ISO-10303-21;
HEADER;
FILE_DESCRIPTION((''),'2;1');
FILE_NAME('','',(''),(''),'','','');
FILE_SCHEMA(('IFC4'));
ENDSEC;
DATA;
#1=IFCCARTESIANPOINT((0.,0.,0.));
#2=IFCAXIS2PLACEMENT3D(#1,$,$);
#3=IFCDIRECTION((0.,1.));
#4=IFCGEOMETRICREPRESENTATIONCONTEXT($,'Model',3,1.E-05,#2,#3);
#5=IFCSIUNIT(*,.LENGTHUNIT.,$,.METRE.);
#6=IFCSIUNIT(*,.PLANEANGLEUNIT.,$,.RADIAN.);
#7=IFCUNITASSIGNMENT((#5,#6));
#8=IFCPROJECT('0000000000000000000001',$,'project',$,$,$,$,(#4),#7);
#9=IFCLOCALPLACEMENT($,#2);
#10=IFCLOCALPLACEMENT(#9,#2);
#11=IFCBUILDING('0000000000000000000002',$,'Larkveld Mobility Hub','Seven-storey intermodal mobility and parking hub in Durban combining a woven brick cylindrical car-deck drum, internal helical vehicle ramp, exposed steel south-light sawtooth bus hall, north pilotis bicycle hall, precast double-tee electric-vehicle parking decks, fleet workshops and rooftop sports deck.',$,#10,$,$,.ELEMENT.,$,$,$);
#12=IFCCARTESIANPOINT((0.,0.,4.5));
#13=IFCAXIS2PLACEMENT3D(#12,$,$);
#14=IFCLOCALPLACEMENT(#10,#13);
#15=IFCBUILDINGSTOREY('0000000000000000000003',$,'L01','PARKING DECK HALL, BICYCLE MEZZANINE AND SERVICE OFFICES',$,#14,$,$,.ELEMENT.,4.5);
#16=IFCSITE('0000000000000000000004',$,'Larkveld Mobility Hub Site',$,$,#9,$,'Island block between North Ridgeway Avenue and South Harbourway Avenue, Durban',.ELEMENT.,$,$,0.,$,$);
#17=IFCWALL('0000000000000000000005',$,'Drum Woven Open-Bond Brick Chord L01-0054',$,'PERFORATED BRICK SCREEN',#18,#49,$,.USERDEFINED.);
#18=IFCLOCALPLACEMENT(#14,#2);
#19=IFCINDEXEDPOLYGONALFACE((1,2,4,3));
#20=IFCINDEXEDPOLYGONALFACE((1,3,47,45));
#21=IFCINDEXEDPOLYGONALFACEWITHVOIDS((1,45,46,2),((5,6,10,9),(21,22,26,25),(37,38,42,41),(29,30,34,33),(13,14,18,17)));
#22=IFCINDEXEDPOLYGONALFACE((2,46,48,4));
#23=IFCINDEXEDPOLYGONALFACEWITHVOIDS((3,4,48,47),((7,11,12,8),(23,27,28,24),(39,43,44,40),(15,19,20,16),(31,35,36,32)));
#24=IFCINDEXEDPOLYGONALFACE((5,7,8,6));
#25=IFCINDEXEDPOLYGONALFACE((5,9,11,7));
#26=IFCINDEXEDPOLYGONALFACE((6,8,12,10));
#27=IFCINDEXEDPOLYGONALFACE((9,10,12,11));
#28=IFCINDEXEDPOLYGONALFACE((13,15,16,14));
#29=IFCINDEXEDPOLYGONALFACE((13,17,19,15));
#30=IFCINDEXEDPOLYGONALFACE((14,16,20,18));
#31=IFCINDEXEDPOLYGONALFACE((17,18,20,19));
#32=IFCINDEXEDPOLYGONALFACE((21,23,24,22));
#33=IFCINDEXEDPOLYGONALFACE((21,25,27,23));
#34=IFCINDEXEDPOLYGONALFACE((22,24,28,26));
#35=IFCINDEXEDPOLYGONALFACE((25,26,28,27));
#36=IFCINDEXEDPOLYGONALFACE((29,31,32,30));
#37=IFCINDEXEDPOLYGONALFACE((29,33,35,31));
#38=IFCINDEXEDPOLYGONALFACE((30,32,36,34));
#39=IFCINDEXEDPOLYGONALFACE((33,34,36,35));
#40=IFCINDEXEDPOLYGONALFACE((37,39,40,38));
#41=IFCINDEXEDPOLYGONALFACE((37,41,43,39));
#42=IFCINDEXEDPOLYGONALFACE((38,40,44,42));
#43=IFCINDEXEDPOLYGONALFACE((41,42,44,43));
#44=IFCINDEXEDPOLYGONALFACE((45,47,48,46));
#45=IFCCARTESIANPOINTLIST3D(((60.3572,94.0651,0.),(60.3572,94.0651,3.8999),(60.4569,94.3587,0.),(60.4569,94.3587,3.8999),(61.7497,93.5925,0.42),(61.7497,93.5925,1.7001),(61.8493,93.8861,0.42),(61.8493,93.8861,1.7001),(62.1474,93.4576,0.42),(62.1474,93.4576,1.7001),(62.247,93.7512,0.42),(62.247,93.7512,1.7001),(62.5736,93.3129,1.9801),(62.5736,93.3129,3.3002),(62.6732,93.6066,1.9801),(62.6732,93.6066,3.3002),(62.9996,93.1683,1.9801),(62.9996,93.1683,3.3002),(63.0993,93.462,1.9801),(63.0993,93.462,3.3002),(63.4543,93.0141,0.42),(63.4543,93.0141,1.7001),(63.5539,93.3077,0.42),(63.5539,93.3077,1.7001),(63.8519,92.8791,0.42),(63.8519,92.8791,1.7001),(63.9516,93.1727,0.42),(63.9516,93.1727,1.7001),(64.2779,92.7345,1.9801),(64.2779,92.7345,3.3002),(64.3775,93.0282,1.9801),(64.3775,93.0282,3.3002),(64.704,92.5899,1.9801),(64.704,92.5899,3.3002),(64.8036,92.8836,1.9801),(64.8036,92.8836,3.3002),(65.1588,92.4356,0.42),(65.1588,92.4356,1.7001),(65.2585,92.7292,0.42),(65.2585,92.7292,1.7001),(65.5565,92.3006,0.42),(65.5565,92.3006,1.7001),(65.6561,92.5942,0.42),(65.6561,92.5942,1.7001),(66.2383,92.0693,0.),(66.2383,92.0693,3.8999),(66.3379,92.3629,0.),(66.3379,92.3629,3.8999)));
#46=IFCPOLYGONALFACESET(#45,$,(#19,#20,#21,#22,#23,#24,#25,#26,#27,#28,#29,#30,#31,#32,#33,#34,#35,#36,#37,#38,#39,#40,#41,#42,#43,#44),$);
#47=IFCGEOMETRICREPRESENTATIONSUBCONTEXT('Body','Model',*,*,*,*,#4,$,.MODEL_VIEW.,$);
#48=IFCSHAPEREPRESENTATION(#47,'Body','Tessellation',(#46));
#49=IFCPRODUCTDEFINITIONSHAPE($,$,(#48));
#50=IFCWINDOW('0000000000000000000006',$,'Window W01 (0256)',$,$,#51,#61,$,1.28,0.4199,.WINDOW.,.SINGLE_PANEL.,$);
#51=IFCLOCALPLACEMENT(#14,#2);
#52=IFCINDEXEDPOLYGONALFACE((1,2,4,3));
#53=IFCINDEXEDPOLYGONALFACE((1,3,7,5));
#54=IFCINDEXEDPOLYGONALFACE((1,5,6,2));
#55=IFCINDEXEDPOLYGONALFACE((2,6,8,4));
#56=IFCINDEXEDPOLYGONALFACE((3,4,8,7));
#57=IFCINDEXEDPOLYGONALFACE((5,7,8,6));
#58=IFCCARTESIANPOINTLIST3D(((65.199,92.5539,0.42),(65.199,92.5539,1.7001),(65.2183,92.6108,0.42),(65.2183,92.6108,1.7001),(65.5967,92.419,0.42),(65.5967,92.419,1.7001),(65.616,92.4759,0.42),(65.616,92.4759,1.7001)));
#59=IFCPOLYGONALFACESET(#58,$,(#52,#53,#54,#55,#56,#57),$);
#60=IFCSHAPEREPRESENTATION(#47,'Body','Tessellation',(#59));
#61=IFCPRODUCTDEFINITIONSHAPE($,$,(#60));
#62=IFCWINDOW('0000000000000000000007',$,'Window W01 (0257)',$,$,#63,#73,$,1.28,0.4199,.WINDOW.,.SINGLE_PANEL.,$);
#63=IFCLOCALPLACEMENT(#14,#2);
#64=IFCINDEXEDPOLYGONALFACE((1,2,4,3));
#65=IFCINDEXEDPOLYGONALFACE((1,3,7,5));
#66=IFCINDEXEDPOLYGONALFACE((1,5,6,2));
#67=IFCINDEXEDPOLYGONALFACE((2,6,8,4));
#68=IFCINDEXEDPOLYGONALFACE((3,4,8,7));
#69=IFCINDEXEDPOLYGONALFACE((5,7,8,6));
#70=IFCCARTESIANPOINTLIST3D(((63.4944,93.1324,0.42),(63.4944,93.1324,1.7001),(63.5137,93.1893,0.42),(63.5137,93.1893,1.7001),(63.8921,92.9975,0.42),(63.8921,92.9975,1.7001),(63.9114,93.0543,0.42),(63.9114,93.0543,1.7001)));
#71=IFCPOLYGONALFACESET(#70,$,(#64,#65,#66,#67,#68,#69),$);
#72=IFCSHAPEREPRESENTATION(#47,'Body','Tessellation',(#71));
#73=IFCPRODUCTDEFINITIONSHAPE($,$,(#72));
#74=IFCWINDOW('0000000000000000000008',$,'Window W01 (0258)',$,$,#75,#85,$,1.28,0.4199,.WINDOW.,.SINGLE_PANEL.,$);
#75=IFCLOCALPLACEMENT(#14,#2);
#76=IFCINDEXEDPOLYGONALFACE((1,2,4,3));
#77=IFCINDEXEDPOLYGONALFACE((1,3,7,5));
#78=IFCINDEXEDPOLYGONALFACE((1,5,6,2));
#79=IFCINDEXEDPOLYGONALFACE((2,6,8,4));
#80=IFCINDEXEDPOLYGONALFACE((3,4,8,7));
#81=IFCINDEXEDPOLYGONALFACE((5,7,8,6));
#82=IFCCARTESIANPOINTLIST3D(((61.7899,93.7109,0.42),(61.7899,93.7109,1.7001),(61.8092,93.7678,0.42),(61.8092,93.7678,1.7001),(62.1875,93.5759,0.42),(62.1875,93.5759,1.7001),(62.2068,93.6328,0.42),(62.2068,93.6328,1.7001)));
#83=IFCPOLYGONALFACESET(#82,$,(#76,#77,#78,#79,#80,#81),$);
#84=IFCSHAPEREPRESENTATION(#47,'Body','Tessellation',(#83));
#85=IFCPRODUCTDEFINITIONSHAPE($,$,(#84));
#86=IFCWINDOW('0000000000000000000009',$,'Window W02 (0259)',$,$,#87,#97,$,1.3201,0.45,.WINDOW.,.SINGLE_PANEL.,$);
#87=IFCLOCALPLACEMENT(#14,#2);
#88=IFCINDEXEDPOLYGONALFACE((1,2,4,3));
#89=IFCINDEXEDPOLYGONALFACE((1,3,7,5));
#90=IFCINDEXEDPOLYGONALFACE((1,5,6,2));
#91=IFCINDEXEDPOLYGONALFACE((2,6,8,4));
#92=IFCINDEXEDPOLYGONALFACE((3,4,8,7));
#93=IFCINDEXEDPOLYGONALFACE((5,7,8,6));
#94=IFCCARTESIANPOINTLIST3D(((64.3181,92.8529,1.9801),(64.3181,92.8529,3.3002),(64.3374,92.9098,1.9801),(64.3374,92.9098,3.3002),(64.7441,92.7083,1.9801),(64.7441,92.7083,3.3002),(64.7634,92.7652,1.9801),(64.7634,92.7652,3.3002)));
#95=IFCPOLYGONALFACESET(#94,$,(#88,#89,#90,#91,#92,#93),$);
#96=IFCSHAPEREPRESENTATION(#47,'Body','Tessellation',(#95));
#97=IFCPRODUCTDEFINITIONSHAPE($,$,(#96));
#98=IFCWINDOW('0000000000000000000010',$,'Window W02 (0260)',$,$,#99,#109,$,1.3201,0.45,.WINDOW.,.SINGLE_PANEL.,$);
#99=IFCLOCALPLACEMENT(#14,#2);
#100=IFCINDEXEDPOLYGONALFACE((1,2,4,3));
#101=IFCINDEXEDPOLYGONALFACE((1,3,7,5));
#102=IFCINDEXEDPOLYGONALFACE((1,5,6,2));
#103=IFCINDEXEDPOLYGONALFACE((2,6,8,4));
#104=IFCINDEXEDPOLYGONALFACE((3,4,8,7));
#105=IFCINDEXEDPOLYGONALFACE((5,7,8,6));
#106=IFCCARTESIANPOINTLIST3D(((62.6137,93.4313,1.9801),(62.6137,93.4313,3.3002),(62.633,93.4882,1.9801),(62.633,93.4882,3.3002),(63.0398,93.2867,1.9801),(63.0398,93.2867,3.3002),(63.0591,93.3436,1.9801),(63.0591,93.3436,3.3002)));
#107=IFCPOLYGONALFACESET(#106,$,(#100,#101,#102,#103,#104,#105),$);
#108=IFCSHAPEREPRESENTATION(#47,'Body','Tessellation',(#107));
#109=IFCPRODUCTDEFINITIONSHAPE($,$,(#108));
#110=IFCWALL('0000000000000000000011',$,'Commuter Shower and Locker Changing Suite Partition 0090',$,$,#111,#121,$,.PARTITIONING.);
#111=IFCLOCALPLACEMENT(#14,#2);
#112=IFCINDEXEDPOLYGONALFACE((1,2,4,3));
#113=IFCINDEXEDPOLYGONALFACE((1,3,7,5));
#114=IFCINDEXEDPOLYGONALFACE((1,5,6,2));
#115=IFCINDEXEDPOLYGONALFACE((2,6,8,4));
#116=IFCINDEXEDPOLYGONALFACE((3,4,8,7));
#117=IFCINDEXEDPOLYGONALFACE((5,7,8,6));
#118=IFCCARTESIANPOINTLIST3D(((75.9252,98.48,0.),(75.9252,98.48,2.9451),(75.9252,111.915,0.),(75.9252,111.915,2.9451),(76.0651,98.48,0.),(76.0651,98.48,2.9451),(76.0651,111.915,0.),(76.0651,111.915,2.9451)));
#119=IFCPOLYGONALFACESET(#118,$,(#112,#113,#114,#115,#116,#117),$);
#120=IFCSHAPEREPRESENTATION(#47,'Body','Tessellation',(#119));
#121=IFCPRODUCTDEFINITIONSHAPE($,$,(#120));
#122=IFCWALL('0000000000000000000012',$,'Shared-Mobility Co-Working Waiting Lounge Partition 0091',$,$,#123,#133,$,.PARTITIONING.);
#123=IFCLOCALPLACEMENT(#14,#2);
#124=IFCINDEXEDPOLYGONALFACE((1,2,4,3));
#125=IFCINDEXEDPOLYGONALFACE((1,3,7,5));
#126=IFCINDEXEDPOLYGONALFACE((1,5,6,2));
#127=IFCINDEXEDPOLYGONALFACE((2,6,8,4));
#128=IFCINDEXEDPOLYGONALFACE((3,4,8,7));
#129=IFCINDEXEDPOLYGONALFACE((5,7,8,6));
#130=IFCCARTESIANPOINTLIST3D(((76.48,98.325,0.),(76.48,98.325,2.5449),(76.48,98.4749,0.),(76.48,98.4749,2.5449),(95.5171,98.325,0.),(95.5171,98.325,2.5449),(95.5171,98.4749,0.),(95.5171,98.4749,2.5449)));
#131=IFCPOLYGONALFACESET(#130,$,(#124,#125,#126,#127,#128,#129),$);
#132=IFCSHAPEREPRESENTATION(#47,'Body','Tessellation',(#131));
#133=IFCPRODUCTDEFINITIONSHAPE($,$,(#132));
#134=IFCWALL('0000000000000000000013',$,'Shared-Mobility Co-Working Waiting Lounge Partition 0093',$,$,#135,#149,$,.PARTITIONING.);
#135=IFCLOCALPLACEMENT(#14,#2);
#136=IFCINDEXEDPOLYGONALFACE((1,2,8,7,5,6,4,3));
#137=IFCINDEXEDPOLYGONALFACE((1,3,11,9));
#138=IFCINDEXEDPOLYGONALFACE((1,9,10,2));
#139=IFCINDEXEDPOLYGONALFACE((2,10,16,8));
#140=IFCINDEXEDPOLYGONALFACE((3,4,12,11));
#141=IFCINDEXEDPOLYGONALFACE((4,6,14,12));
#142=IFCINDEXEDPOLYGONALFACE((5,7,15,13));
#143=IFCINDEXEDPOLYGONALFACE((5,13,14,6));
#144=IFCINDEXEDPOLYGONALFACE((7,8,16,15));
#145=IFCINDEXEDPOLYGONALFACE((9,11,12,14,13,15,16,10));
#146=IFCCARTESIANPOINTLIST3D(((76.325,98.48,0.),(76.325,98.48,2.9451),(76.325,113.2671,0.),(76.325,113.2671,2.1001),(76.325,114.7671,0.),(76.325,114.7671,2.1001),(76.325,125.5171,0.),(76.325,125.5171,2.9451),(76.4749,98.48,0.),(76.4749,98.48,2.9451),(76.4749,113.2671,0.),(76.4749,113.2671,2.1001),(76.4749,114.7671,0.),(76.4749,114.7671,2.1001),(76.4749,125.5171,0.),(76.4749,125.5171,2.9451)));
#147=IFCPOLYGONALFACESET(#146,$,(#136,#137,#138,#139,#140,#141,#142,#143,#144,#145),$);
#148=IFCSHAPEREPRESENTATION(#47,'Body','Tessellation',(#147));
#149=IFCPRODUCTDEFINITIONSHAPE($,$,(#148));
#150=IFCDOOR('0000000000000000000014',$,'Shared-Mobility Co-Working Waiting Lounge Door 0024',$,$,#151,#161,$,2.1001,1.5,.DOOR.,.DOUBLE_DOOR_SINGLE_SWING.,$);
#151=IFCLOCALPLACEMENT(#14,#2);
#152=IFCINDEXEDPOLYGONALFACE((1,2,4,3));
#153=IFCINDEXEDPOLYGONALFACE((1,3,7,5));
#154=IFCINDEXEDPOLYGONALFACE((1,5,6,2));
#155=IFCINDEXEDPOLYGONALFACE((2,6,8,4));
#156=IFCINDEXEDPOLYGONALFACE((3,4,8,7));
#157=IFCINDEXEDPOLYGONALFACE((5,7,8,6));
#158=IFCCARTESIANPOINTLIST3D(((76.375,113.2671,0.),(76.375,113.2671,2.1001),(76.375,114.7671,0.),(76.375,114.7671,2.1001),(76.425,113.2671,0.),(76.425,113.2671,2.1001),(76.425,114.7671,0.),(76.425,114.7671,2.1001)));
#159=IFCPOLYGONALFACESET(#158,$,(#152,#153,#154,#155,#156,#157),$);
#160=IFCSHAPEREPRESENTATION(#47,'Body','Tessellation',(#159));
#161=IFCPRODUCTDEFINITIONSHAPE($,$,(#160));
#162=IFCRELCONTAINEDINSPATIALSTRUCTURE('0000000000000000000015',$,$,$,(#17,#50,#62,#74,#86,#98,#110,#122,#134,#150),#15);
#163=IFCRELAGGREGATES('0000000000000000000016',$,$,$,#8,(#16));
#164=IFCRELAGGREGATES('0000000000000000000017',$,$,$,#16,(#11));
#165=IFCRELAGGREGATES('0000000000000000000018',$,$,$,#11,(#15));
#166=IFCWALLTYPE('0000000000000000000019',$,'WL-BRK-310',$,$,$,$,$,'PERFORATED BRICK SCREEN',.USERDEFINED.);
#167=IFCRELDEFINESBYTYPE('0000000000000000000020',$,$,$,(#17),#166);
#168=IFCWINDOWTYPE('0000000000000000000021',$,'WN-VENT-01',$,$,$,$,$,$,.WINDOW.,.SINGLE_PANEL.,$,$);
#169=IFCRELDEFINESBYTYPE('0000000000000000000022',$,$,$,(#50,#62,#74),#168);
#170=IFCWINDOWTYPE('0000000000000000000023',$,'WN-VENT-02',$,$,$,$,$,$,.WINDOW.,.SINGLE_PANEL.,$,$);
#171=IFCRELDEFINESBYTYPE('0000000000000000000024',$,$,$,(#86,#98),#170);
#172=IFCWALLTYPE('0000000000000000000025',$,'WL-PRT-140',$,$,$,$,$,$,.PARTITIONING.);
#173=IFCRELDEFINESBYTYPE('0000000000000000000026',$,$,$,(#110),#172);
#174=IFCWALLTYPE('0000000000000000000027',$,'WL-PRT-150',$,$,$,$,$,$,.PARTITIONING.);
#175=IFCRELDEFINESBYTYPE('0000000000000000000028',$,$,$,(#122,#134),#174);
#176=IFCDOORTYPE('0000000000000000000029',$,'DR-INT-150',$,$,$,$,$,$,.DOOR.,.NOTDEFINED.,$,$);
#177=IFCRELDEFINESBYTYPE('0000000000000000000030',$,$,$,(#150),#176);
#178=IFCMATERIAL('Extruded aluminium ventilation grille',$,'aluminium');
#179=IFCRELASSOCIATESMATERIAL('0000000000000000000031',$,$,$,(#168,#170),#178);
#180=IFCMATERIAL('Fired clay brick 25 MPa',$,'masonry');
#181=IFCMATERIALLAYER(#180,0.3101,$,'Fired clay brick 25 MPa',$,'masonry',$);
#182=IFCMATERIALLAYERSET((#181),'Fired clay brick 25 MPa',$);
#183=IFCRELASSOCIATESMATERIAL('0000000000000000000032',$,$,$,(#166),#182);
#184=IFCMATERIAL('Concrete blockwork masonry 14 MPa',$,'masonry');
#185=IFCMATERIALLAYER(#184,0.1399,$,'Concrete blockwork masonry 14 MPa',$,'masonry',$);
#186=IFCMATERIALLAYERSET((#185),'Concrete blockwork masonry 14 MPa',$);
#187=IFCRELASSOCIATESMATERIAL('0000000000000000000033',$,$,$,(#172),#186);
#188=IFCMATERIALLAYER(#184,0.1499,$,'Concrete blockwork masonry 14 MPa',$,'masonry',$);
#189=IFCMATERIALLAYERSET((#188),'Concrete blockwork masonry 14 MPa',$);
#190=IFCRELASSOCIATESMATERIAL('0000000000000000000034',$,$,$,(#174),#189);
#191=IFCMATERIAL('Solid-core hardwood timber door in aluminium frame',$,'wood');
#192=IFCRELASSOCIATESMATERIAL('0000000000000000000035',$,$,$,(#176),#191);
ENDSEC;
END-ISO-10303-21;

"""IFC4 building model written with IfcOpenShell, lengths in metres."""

from ifc_helpers import new_model, si_unit, direction, frame, frame_2d, origin, place, context, subcontext, project, spatial, rectangle, extrude, material, layer, layer_set, type_object, element, fill, save


model = new_model("IFC4")

# Units and contexts
model_context = context("Model", 3, precision=1e-05, world=origin(), true_north=direction((0.0, 1.0)))
body_context = subcontext(model_context, "Body", "Model", "MODEL_VIEW")
ifc_project = project(units=[si_unit("LENGTHUNIT", "METRE"), si_unit("PLANEANGLEUNIT", "RADIAN")], contexts=[model_context])

# Site, building, storey
site_placement = place(None, origin())
site = spatial("IfcSite", under=ifc_project, at=site_placement, Name="Larkveld Mobility Hub Site", LongName="Island block between North Ridgeway Avenue and South Harbourway Avenue, Durban", CompositionType="ELEMENT", RefElevation=0.0)
building_placement = place(site_placement, origin())
building = spatial("IfcBuilding", under=site, at=building_placement, Name="Larkveld Mobility Hub", Description="Seven-storey intermodal mobility and parking hub in Durban combining a woven brick cylindrical car-deck drum, internal helical vehicle ramp, exposed steel south-light sawtooth bus hall, north pilotis bicycle hall, precast double-tee electric-vehicle parking decks, fleet workshops and rooftop sports deck.", CompositionType="ELEMENT")
storey_placement = place(building_placement, frame((0.0, 0.0, 4.5)))
storey = spatial("IfcBuildingStorey", under=building, at=storey_placement, Name="L01", Description="PARKING DECK HALL, BICYCLE MEZZANINE AND SERVICE OFFICES", CompositionType="ELEMENT", Elevation=4.5)

# Wall, openings, windows
ifc_material_1 = material(Name="Fired clay brick 25 MPa", Category="masonry")
ifc_material_2 = material(Name="Extruded aluminium ventilation grille", Category="aluminium")
window_type_1 = type_object("IfcWindowType", Name="WN-VENT-01", PartitioningType="SINGLE_PANEL", PredefinedType="WINDOW", material=ifc_material_2)
ifc_layer_1 = layer(ifc_material_1, 0.3101, Name="Fired clay brick 25 MPa", Category="masonry")
ifc_layer_set_1 = layer_set([ifc_layer_1], Name="Fired clay brick 25 MPa")
wall_type_1 = type_object("IfcWallType", Name="WL-BRK-310", ElementType="PERFORATED BRICK SCREEN", PredefinedType="USERDEFINED", material=ifc_layer_set_1)
wall_1_placement = place(storey_placement, frame((66.2881, 92.2161, 0.0), z_axis=(0.0, 0.0, 1.0), x_axis=(-0.946955, 0.321365, 0.0)))
wall_1 = element("IfcWall", 1, at=wall_1_placement, inside=storey, type_object=wall_type_1, Name="Drum Woven Open-Bond Brick Chord L01-0054", ObjectType="PERFORATED BRICK SCREEN", PredefinedType="USERDEFINED", context=body_context, shape_type="SweptSolid", body=[
    extrude(rectangle(XDim=6.2104, YDim=0.3101, at=frame_2d((3.1052, 0.0))), origin(), (0.0, 0.0, 1.0), 3.8999),
])
opening_1_placement = place(wall_1_placement, frame((0.72, 0.0, 0.4199)))
opening_1 = element("IfcOpeningElement", 2, at=opening_1_placement, cuts=wall_1, PredefinedType="OPENING", context=body_context, shape_type="SweptSolid", body=[
    extrude(rectangle(XDim=0.4199, YDim=1.28, at=frame_2d((0.21, 0.6401))), frame((0.0, 0.165, 0.0), z_axis=(0.0, -1.0, 0.0), x_axis=(1.0, 0.0, 0.0)), (0.0, 0.0, 1.0), 0.3301),
])
opening_2_placement = place(wall_1_placement, frame((2.52, 0.0, 0.4199)))
opening_2 = element("IfcOpeningElement", 3, at=opening_2_placement, cuts=wall_1, PredefinedType="OPENING", context=body_context, shape_type="SweptSolid", body=[
    extrude(rectangle(XDim=0.4199, YDim=1.28, at=frame_2d((0.21, 0.6401))), frame((0.0, 0.165, 0.0), z_axis=(0.0, -1.0, 0.0), x_axis=(1.0, 0.0, 0.0)), (0.0, 0.0, 1.0), 0.3301),
])
opening_3_placement = place(wall_1_placement, frame((4.3201, 0.0, 0.4199)))
opening_3 = element("IfcOpeningElement", 4, at=opening_3_placement, cuts=wall_1, PredefinedType="OPENING", context=body_context, shape_type="SweptSolid", body=[
    extrude(rectangle(XDim=0.4199, YDim=1.28, at=frame_2d((0.21, 0.6401))), frame((0.0, 0.165, 0.0), z_axis=(0.0, -1.0, 0.0), x_axis=(1.0, 0.0, 0.0)), (0.0, 0.0, 1.0), 0.3301),
])
opening_4_placement = place(wall_1_placement, frame((1.6201, 0.0, 1.98)))
opening_4 = element("IfcOpeningElement", 5, at=opening_4_placement, cuts=wall_1, PredefinedType="OPENING", context=body_context, shape_type="SweptSolid", body=[
    extrude(rectangle(XDim=0.45, YDim=1.3201, at=frame_2d((0.2251, 0.6602))), frame((0.0, 0.165, 0.0), z_axis=(0.0, -1.0, 0.0), x_axis=(1.0, 0.0, 0.0)), (0.0, 0.0, 1.0), 0.3301),
])
opening_5_placement = place(wall_1_placement, frame((3.4199, 0.0, 1.98)))
opening_5 = element("IfcOpeningElement", 6, at=opening_5_placement, cuts=wall_1, PredefinedType="OPENING", context=body_context, shape_type="SweptSolid", body=[
    extrude(rectangle(XDim=0.45, YDim=1.3201, at=frame_2d((0.2251, 0.6602))), frame((0.0, 0.165, 0.0), z_axis=(0.0, -1.0, 0.0), x_axis=(1.0, 0.0, 0.0)), (0.0, 0.0, 1.0), 0.3301),
])
window_1_placement = place(opening_1_placement, origin())
window_1 = element("IfcWindow", 7, at=window_1_placement, inside=storey, type_object=window_type_1, Name="Window W01 (0256)", OverallHeight=1.28, OverallWidth=0.4199, PartitioningType="SINGLE_PANEL", PredefinedType="WINDOW", context=body_context, shape_type="SweptSolid", body=[
    extrude(rectangle(XDim=0.4199, YDim=1.28, at=frame_2d((0.21, 0.6401))), frame((0.0, 0.03, 0.0), z_axis=(0.0, -1.0, 0.0), x_axis=(1.0, 0.0, 0.0)), (0.0, 0.0, 1.0), 0.0601),
])
fill(opening_1, window_1)
window_2_placement = place(opening_2_placement, origin())
window_2 = element("IfcWindow", 8, at=window_2_placement, inside=storey, type_object=window_type_1, Name="Window W01 (0257)", OverallHeight=1.28, OverallWidth=0.4199, PartitioningType="SINGLE_PANEL", PredefinedType="WINDOW", context=body_context, shape_type="SweptSolid", body=[
    extrude(rectangle(XDim=0.4199, YDim=1.28, at=frame_2d((0.21, 0.6401))), frame((0.0, 0.03, 0.0), z_axis=(0.0, -1.0, 0.0), x_axis=(1.0, 0.0, 0.0)), (0.0, 0.0, 1.0), 0.0601),
])
fill(opening_2, window_2)
window_3_placement = place(opening_3_placement, origin())
window_3 = element("IfcWindow", 9, at=window_3_placement, inside=storey, type_object=window_type_1, Name="Window W01 (0258)", OverallHeight=1.28, OverallWidth=0.4199, PartitioningType="SINGLE_PANEL", PredefinedType="WINDOW", context=body_context, shape_type="SweptSolid", body=[
    extrude(rectangle(XDim=0.4199, YDim=1.28, at=frame_2d((0.21, 0.6401))), frame((0.0, 0.03, 0.0), z_axis=(0.0, -1.0, 0.0), x_axis=(1.0, 0.0, 0.0)), (0.0, 0.0, 1.0), 0.0601),
])
fill(opening_3, window_3)
window_type_2 = type_object("IfcWindowType", Name="WN-VENT-02", PartitioningType="SINGLE_PANEL", PredefinedType="WINDOW", material=ifc_material_2)
window_4_placement = place(opening_4_placement, origin())
window_4 = element("IfcWindow", 10, at=window_4_placement, inside=storey, type_object=window_type_2, Name="Window W02 (0259)", OverallHeight=1.3201, OverallWidth=0.45, PartitioningType="SINGLE_PANEL", PredefinedType="WINDOW", context=body_context, shape_type="SweptSolid", body=[
    extrude(rectangle(XDim=0.45, YDim=1.3201, at=frame_2d((0.2251, 0.6602))), frame((0.0, 0.03, 0.0), z_axis=(0.0, -1.0, 0.0), x_axis=(1.0, 0.0, 0.0)), (0.0, 0.0, 1.0), 0.0601),
])
fill(opening_4, window_4)
window_5_placement = place(opening_5_placement, origin())
window_5 = element("IfcWindow", 11, at=window_5_placement, inside=storey, type_object=window_type_2, Name="Window W02 (0260)", OverallHeight=1.3201, OverallWidth=0.45, PartitioningType="SINGLE_PANEL", PredefinedType="WINDOW", context=body_context, shape_type="SweptSolid", body=[
    extrude(rectangle(XDim=0.45, YDim=1.3201, at=frame_2d((0.2251, 0.6602))), frame((0.0, 0.03, 0.0), z_axis=(0.0, -1.0, 0.0), x_axis=(1.0, 0.0, 0.0)), (0.0, 0.0, 1.0), 0.0601),
])
fill(opening_5, window_5)

# Walls
ifc_material_3 = material(Name="Concrete blockwork masonry 14 MPa", Category="masonry")
ifc_layer_2 = layer(ifc_material_3, 0.1399, Name="Concrete blockwork masonry 14 MPa", Category="masonry")
ifc_layer_set_2 = layer_set([ifc_layer_2], Name="Concrete blockwork masonry 14 MPa")
wall_type_2 = type_object("IfcWallType", Name="WL-PRT-140", PredefinedType="PARTITIONING", material=ifc_layer_set_2)
wall_2_placement = place(storey_placement, frame((75.9951, 98.48, 0.0), z_axis=(0.0, 0.0, 1.0), x_axis=(0.0, 1.0, 0.0)))
element("IfcWall", 12, at=wall_2_placement, inside=storey, type_object=wall_type_2, Name="Commuter Shower and Locker Changing Suite Partition 0090", PredefinedType="PARTITIONING", context=body_context, shape_type="SweptSolid", body=[
    extrude(rectangle(XDim=13.4351, YDim=0.1399, at=frame_2d((6.7175, 0.0))), origin(), (0.0, 0.0, 1.0), 2.9451),
])
ifc_layer_3 = layer(ifc_material_3, 0.1499, Name="Concrete blockwork masonry 14 MPa", Category="masonry")
ifc_layer_set_3 = layer_set([ifc_layer_3], Name="Concrete blockwork masonry 14 MPa")
wall_type_3 = type_object("IfcWallType", Name="WL-PRT-150", PredefinedType="PARTITIONING", material=ifc_layer_set_3)
wall_3_placement = place(storey_placement, frame((76.48, 98.3999, 0.0), z_axis=(0.0, 0.0, 1.0), x_axis=(1.0, 0.0, 0.0)))
element("IfcWall", 13, at=wall_3_placement, inside=storey, type_object=wall_type_3, Name="Shared-Mobility Co-Working Waiting Lounge Partition 0091", PredefinedType="PARTITIONING", context=body_context, shape_type="SweptSolid", body=[
    extrude(rectangle(XDim=19.0371, YDim=0.1499, at=frame_2d((9.5186, 0.0))), origin(), (0.0, 0.0, 1.0), 2.5449),
])

# Wall, opening, door
wall_4_placement = place(storey_placement, frame((76.3999, 98.48, 0.0), z_axis=(0.0, 0.0, 1.0), x_axis=(0.0, 1.0, 0.0)))
wall_4 = element("IfcWall", 14, at=wall_4_placement, inside=storey, type_object=wall_type_3, Name="Shared-Mobility Co-Working Waiting Lounge Partition 0093", PredefinedType="PARTITIONING", context=body_context, shape_type="SweptSolid", body=[
    extrude(rectangle(XDim=27.0371, YDim=0.1499, at=frame_2d((13.5186, 0.0))), origin(), (0.0, 0.0, 1.0), 2.9451),
])
opening_6_placement = place(wall_4_placement, frame((14.7871, 0.0, 0.0)))
opening_6 = element("IfcOpeningElement", 15, at=opening_6_placement, cuts=wall_4, PredefinedType="OPENING", context=body_context, shape_type="SweptSolid", body=[
    extrude(rectangle(XDim=1.5, YDim=2.1001, at=frame_2d((0.75, 1.05))), frame((0.0, 0.085, 0.0), z_axis=(0.0, -1.0, 0.0), x_axis=(1.0, 0.0, 0.0)), (0.0, 0.0, 1.0), 0.1699),
])
ifc_material_4 = material(Name="Solid-core hardwood timber door in aluminium frame", Category="wood")
door_type = type_object("IfcDoorType", Name="DR-INT-150", OperationType="NOTDEFINED", PredefinedType="DOOR", material=ifc_material_4)
door_placement = place(opening_6_placement, origin())
door = element("IfcDoor", 16, at=door_placement, inside=storey, type_object=door_type, Name="Shared-Mobility Co-Working Waiting Lounge Door 0024", OperationType="DOUBLE_DOOR_SINGLE_SWING", OverallHeight=2.1001, OverallWidth=1.5, PredefinedType="DOOR", context=body_context, shape_type="SweptSolid", body=[
    extrude(rectangle(XDim=1.5, YDim=2.1001, at=frame_2d((0.75, 1.05))), frame((0.0, 0.0249, 0.0), z_axis=(0.0, -1.0, 0.0), x_axis=(1.0, 0.0, 0.0)), (0.0, 0.0, 1.0), 0.05),
])
fill(opening_6, door)

save(model, "model.ifc")
